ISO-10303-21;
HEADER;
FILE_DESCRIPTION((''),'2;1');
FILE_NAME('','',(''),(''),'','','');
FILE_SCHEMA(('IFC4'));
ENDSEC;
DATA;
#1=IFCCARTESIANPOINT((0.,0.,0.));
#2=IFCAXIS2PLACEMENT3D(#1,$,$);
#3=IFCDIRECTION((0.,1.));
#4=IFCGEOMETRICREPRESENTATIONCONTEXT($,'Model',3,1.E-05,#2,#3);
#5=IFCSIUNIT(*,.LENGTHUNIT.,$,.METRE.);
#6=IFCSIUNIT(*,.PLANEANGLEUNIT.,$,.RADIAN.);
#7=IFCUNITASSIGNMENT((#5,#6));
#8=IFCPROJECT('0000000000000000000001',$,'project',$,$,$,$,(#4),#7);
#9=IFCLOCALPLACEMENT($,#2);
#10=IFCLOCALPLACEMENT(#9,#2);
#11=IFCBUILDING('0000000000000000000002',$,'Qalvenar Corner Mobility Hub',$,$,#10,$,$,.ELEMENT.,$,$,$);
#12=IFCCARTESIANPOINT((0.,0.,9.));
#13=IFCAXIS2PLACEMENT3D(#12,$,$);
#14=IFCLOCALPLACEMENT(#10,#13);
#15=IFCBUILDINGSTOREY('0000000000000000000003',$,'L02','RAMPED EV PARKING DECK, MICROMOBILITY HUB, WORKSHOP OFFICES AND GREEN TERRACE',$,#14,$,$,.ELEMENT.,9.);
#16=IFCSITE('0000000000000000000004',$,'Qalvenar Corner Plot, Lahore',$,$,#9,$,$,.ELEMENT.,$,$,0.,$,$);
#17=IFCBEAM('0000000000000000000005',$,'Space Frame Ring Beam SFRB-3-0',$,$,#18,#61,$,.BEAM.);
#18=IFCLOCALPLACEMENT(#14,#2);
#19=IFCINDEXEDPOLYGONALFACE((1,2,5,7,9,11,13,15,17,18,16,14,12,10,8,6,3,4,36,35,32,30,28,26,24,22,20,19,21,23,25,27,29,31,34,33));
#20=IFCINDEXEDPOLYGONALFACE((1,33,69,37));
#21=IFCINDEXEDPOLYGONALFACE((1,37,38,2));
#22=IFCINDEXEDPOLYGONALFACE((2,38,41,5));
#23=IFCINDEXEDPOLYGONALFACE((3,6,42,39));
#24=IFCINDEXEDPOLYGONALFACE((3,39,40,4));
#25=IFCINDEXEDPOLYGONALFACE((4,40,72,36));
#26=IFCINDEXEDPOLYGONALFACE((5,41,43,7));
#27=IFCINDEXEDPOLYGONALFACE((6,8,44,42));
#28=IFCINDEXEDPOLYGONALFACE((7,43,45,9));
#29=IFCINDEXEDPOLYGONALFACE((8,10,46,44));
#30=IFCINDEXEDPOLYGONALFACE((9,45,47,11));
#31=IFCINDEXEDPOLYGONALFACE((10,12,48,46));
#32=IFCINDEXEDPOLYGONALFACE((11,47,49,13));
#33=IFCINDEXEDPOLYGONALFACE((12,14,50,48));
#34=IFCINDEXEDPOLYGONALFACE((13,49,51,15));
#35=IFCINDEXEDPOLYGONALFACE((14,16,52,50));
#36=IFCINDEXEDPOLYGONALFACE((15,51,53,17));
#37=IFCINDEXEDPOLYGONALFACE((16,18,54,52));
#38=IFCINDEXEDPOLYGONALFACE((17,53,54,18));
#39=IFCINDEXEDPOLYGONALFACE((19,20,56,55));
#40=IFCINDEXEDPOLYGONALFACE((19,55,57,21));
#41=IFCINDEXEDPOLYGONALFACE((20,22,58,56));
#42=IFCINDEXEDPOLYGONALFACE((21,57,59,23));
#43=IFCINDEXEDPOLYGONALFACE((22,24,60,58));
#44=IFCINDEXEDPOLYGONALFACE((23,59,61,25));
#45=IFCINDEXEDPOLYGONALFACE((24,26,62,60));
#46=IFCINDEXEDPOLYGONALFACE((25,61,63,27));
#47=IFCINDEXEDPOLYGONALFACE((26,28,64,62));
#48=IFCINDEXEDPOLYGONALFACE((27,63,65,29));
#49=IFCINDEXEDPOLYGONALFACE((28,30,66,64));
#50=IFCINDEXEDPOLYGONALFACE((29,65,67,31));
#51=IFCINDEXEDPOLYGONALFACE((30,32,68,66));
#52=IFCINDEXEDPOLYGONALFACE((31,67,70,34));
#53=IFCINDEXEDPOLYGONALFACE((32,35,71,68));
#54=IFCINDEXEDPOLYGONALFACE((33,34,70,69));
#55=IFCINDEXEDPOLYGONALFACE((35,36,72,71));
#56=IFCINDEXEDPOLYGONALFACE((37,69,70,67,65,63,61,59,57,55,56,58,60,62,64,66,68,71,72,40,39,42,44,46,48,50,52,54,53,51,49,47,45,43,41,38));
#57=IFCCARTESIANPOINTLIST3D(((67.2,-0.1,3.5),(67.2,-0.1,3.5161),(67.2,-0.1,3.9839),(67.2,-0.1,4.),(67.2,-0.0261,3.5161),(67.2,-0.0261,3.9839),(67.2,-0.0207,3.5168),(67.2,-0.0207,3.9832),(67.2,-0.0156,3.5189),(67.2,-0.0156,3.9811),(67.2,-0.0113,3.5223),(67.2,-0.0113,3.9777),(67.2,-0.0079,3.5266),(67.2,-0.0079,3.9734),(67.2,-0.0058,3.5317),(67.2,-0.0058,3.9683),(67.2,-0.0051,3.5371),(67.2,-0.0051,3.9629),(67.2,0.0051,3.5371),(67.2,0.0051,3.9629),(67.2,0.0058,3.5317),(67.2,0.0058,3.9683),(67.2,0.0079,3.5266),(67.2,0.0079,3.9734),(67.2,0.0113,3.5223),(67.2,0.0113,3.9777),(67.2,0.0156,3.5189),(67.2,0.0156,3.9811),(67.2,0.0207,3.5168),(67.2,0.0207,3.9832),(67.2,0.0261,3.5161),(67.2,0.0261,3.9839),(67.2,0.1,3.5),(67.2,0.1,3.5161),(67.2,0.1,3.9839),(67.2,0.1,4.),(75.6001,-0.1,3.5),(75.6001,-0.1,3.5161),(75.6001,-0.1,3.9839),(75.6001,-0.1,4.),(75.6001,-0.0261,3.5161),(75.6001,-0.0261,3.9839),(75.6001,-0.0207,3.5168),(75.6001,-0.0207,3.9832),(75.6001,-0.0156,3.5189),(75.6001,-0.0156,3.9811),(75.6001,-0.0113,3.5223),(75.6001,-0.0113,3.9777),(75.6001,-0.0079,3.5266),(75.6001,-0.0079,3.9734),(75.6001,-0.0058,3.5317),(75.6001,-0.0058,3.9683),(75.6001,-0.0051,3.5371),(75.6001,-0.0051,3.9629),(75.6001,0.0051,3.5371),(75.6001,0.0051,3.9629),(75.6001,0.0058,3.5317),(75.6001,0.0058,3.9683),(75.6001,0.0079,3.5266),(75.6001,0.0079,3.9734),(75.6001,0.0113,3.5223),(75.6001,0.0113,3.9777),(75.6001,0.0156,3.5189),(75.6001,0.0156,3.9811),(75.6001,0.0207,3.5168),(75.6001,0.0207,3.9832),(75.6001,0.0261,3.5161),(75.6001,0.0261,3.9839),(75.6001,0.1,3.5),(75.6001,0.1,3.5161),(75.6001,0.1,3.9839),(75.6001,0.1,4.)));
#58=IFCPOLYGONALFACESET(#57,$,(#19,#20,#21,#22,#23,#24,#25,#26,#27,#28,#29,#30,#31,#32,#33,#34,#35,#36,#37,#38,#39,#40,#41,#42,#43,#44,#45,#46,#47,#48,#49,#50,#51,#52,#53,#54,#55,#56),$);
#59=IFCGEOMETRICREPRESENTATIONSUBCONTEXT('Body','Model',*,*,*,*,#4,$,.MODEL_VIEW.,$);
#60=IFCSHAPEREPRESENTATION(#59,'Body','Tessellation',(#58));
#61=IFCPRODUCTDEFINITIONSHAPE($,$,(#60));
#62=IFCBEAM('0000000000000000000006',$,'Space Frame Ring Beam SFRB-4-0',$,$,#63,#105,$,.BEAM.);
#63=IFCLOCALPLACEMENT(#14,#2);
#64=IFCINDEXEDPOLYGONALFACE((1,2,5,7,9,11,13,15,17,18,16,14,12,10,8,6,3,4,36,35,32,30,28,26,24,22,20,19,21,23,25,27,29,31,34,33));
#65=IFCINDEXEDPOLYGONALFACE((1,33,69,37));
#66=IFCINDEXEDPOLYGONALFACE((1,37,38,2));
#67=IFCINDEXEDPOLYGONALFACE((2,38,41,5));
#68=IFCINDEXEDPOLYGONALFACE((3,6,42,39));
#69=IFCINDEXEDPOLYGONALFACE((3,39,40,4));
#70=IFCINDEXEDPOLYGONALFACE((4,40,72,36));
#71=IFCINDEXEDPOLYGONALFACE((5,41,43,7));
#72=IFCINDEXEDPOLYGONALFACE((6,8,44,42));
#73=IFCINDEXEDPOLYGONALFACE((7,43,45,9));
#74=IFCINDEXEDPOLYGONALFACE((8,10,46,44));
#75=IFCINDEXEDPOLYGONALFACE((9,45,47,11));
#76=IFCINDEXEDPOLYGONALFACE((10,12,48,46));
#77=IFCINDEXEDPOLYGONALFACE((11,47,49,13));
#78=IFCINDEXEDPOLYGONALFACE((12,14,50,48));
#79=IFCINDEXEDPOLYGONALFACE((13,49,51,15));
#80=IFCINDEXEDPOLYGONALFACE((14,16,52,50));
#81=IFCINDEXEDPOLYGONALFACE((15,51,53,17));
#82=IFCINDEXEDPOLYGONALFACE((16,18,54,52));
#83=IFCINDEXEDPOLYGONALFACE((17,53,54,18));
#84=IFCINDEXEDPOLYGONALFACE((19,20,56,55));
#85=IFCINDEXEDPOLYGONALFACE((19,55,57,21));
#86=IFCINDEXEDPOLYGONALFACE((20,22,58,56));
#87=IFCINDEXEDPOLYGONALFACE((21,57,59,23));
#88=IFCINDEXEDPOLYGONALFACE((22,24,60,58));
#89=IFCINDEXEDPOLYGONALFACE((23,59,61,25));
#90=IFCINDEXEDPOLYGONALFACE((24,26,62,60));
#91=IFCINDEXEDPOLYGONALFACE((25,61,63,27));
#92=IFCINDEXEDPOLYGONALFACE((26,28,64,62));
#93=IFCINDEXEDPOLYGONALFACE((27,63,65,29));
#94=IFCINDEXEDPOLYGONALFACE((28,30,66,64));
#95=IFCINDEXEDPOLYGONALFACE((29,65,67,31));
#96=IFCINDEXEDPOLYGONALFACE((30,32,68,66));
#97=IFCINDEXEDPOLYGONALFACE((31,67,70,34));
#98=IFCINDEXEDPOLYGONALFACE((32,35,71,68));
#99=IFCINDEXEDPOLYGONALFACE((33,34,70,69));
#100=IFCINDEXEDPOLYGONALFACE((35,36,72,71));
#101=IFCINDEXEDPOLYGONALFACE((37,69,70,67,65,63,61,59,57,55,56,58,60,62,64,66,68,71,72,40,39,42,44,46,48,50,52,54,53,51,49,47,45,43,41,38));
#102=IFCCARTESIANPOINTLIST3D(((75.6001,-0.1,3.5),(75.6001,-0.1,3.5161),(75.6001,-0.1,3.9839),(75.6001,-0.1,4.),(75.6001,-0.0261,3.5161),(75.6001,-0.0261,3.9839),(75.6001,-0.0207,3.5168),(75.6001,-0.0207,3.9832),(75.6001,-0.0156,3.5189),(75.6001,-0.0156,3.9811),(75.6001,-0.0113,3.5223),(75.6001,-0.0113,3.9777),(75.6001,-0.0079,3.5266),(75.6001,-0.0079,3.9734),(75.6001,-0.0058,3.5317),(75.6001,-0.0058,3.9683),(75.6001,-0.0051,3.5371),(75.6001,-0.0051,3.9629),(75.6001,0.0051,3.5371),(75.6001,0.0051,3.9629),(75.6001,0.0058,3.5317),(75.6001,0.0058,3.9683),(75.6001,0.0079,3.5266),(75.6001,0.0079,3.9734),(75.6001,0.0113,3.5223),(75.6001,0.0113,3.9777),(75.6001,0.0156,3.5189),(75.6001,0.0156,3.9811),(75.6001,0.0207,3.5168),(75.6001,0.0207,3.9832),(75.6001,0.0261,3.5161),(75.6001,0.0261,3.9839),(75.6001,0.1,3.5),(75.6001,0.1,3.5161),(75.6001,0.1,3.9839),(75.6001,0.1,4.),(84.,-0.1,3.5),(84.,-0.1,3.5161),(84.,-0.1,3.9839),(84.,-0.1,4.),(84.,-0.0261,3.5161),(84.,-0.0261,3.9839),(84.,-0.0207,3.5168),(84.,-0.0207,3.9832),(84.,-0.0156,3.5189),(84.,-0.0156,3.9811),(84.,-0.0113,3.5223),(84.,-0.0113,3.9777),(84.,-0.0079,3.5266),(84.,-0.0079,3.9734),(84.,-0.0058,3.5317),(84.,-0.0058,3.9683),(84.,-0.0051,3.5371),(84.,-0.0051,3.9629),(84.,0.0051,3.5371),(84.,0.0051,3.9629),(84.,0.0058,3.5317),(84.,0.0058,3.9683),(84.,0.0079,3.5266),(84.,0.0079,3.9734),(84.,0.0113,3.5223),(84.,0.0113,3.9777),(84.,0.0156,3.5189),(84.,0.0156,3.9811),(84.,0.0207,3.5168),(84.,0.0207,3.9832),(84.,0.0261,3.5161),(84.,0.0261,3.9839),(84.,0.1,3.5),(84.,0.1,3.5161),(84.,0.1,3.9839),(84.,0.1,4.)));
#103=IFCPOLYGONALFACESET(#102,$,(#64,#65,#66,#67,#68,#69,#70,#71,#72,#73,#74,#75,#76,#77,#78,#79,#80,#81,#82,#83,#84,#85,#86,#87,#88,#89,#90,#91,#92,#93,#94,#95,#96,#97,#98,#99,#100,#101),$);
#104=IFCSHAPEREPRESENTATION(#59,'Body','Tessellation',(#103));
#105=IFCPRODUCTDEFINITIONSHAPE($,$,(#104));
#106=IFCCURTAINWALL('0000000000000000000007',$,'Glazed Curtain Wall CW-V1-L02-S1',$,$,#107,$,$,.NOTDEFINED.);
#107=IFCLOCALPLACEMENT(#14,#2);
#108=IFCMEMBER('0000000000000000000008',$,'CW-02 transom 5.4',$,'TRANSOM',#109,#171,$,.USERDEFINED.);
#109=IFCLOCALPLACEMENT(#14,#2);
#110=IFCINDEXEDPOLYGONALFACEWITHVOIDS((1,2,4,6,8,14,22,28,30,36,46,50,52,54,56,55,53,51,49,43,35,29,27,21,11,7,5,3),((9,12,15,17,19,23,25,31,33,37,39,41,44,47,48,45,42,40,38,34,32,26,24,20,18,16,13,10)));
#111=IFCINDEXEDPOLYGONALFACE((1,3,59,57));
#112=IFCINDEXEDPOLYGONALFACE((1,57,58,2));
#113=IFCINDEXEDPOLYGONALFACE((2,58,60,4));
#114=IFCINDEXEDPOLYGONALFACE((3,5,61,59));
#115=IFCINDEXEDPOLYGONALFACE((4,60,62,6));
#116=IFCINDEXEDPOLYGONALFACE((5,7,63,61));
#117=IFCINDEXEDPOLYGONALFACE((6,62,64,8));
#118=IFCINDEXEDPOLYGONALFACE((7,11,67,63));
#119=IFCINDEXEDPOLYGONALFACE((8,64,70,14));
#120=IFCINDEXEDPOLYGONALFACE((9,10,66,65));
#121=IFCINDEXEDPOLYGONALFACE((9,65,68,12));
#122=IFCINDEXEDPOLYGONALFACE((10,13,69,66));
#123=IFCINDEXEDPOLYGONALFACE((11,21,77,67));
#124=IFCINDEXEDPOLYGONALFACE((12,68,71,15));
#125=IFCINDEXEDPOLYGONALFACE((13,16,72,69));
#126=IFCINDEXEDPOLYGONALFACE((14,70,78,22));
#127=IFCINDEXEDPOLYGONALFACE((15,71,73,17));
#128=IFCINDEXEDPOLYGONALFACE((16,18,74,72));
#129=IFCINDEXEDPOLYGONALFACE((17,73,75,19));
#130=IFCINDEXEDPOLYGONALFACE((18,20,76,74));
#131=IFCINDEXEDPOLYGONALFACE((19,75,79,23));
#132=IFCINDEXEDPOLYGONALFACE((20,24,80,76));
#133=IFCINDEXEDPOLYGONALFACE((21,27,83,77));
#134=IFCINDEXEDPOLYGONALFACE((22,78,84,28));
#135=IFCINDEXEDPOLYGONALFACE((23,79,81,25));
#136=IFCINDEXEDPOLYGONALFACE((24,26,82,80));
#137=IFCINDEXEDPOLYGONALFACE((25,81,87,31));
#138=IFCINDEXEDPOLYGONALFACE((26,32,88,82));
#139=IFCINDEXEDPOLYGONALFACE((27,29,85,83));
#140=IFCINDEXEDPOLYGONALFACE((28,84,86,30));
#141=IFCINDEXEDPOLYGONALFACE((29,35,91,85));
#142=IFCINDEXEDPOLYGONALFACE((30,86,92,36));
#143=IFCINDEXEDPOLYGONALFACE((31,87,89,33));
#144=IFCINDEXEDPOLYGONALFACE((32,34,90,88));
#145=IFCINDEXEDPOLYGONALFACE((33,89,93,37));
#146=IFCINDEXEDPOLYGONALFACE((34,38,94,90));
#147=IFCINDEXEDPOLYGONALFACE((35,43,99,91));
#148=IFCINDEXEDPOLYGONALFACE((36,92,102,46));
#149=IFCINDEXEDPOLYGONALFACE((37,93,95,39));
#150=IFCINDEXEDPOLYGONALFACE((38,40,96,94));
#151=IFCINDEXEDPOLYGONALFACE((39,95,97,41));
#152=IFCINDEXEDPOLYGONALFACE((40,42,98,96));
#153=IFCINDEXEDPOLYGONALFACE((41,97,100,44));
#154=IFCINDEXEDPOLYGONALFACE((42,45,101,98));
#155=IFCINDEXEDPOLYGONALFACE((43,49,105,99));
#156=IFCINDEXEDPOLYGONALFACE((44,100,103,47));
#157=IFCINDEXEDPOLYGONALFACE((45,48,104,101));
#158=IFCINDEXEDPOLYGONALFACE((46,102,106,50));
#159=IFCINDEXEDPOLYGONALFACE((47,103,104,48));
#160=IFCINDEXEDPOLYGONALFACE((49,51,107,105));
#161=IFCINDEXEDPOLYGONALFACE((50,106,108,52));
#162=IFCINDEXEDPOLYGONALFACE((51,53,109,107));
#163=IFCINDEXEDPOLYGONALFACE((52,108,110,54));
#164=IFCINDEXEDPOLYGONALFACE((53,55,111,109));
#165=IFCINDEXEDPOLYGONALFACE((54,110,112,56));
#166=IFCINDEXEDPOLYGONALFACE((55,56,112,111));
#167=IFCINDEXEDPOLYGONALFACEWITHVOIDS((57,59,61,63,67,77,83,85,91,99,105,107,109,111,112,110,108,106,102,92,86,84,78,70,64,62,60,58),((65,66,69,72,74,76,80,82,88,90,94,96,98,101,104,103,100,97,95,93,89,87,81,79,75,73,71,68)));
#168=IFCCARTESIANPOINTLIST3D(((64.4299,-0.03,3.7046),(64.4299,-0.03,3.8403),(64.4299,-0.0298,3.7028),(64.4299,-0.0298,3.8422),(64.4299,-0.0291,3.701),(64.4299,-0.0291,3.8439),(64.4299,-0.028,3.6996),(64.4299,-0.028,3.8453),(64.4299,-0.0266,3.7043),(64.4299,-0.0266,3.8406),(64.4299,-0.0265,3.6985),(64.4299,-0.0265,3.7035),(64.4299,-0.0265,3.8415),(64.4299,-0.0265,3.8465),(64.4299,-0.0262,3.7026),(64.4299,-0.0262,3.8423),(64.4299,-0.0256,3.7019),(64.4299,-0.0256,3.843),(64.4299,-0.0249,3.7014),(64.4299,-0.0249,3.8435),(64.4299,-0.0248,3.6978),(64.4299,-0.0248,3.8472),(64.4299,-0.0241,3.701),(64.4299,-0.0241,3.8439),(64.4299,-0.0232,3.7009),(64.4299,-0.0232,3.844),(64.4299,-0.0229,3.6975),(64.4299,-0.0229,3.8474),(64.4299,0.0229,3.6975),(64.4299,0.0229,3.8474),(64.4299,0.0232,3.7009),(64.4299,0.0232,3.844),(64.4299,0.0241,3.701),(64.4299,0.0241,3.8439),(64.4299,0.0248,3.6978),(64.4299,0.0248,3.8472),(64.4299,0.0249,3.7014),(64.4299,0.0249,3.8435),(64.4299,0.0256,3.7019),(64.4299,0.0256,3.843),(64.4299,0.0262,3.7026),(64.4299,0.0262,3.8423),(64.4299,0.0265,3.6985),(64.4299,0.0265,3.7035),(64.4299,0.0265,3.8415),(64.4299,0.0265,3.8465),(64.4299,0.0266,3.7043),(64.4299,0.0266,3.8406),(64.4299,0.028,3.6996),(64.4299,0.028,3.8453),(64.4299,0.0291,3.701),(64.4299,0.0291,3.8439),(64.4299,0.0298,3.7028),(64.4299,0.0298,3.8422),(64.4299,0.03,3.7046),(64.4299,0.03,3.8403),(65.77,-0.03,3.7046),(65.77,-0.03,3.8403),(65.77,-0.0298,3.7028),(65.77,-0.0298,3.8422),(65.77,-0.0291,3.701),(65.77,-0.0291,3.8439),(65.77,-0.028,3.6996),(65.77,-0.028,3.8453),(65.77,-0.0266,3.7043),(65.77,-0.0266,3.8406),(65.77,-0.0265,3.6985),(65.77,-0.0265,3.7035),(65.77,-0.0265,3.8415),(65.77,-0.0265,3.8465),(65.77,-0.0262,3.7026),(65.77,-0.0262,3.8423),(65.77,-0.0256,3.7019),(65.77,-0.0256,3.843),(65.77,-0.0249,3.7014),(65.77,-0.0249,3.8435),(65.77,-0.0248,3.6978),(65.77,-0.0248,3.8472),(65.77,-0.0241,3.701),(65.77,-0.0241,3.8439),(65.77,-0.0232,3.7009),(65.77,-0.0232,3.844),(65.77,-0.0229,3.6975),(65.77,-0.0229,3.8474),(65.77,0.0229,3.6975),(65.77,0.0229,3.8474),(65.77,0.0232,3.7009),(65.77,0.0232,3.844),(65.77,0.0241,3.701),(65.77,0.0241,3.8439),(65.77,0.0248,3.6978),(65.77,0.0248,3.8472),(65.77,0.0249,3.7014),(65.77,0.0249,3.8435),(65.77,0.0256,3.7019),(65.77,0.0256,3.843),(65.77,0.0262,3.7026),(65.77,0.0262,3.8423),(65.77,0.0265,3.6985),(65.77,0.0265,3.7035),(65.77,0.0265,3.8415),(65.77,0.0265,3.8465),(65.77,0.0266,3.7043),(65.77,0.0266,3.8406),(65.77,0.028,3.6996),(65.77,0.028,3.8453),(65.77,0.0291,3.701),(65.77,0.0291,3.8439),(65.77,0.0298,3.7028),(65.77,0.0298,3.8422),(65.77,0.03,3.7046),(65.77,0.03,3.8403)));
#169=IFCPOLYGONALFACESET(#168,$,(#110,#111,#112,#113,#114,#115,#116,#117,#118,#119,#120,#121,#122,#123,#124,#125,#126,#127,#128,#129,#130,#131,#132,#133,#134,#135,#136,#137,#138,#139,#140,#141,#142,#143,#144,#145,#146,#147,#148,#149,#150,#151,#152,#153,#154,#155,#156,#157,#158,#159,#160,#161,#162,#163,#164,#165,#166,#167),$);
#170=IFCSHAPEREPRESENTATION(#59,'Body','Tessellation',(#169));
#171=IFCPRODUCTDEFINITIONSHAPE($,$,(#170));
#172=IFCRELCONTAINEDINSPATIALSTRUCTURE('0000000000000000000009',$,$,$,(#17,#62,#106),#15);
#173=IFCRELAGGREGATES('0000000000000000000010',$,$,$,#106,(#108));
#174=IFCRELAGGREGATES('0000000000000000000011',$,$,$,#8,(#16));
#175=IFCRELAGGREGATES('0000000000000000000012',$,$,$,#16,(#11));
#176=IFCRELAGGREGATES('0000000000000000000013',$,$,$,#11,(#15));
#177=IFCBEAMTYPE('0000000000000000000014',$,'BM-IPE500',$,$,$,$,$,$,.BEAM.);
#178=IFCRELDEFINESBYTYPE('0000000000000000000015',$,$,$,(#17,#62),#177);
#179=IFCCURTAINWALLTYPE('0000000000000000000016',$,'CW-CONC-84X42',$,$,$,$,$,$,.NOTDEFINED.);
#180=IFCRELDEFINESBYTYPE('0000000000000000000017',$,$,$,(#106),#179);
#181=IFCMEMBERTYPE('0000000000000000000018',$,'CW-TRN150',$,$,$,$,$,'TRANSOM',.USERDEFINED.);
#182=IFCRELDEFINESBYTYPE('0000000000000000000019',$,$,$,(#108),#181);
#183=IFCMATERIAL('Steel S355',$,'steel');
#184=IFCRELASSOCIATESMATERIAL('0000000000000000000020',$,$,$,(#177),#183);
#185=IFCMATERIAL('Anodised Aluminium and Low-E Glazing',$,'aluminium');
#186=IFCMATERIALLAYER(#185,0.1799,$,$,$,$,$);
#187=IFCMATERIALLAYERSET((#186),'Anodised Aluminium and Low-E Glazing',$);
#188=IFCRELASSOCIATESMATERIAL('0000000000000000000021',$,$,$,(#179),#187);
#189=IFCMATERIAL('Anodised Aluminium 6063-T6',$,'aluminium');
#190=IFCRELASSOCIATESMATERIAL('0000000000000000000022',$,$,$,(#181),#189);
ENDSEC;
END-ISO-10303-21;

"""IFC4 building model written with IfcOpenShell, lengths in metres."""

from ifc_helpers import new_model, si_unit, direction, frame, origin, origin_2d, place, context, subcontext, project, spatial, hollow_rectangle, i_section, extrude, material, layer, layer_set, material_profile, profile_set, type_object, element, aggregate, save


model = new_model("IFC4")

# Units and contexts
model_context = context("Model", 3, precision=1e-05, world=origin(), true_north=direction((0.0, 1.0)))
body_context = subcontext(model_context, "Body", "Model", "MODEL_VIEW")
ifc_project = project(units=[si_unit("LENGTHUNIT", "METRE"), si_unit("PLANEANGLEUNIT", "RADIAN")], contexts=[model_context])

# Site, building, storey
site_placement = place(None, origin())
site = spatial("IfcSite", under=ifc_project, at=site_placement, Name="Qalvenar Corner Plot, Lahore", CompositionType="ELEMENT", RefElevation=0.0)
building_placement = place(site_placement, origin())
building = spatial("IfcBuilding", under=site, at=building_placement, Name="Qalvenar Corner Mobility Hub", CompositionType="ELEMENT")
storey_placement = place(building_placement, frame((0.0, 0.0, 9.0)))
storey = spatial("IfcBuildingStorey", under=building, at=storey_placement, Name="L02", Description="RAMPED EV PARKING DECK, MICROMOBILITY HUB, WORKSHOP OFFICES AND GREEN TERRACE", CompositionType="ELEMENT", Elevation=9.0)

# Beams
ifc_material_1 = material(Name="Steel S355", Category="steel")
ifc_material_profile_1 = material_profile(ifc_material_1, i_section(OverallWidth=0.2, OverallDepth=0.5, WebThickness=0.0103, FlangeThickness=0.0161, FilletRadius=0.021, at=origin_2d()), Name="IPE500")
ifc_profile_set_1 = profile_set([ifc_material_profile_1], Name="Steel S355")
beam_type = type_object("IfcBeamType", Name="BM-IPE500", PredefinedType="BEAM", material=ifc_profile_set_1)
beam_1_placement = place(storey_placement, frame((67.2, 0.0, 3.75), z_axis=(1.0, 0.0, 0.0), x_axis=(0.0, 1.0, 0.0)))
element("IfcBeam", 1, at=beam_1_placement, inside=storey, type_object=beam_type, Name="Space Frame Ring Beam SFRB-3-0", PredefinedType="BEAM", context=body_context, shape_type="SweptSolid", body=[
    extrude(i_section(OverallWidth=0.2, OverallDepth=0.5, WebThickness=0.0103, FlangeThickness=0.0161, FilletRadius=0.021, at=origin_2d()), origin(), (0.0, 0.0, 1.0), 8.4001),
])
beam_2_placement = place(storey_placement, frame((75.6001, 0.0, 3.75), z_axis=(1.0, 0.0, 0.0), x_axis=(0.0, 1.0, 0.0)))
element("IfcBeam", 2, at=beam_2_placement, inside=storey, type_object=beam_type, Name="Space Frame Ring Beam SFRB-4-0", PredefinedType="BEAM", context=body_context, shape_type="SweptSolid", body=[
    extrude(i_section(OverallWidth=0.2, OverallDepth=0.5, WebThickness=0.0103, FlangeThickness=0.0161, FilletRadius=0.021, at=origin_2d()), origin(), (0.0, 0.0, 1.0), 8.3999),
])

# Curtain wall, member
ifc_material_2 = material(Name="Anodised Aluminium and Low-E Glazing", Category="aluminium")
ifc_layer_1 = layer(ifc_material_2, 0.1799)
ifc_layer_set_1 = layer_set([ifc_layer_1], Name="Anodised Aluminium and Low-E Glazing")
curtain_wall_type = type_object("IfcCurtainWallType", Name="CW-CONC-84X42", PredefinedType="NOTDEFINED", material=ifc_layer_set_1)
curtain_wall_1_placement = place(storey_placement, origin())
curtain_wall_1 = element("IfcCurtainWall", 3, at=curtain_wall_1_placement, inside=storey, type_object=curtain_wall_type, Name="Glazed Curtain Wall CW-V1-L02-S1", PredefinedType="NOTDEFINED")
ifc_material_3 = material(Name="Anodised Aluminium 6063-T6", Category="aluminium")
ifc_material_profile_2 = material_profile(ifc_material_3, hollow_rectangle(XDim=0.0601, YDim=0.1499, WallThickness=0.0034, InnerFilletRadius=0.0034, OuterFilletRadius=0.0071, at=origin_2d()), Name="RHS150x60x3.5")
ifc_profile_set_2 = profile_set([ifc_material_profile_2], Name="Anodised Aluminium 6063-T6")
member_type_1 = type_object("IfcMemberType", Name="CW-TRN150", ElementType="TRANSOM", PredefinedType="USERDEFINED", material=ifc_profile_set_2)
member_1_placement = place(storey_placement, frame((64.4299, 0.0, 3.7725), z_axis=(1.0, 0.0, 0.0), x_axis=(0.0, 1.0, 0.0)))
member_1 = element("IfcMember", 4, at=member_1_placement, type_object=member_type_1, Name="CW-02 transom 5.4", ObjectType="TRANSOM", PredefinedType="USERDEFINED", context=body_context, shape_type="SweptSolid", body=[
    extrude(hollow_rectangle(XDim=0.0601, YDim=0.1499, WallThickness=0.0034, InnerFilletRadius=0.0034, OuterFilletRadius=0.0071, at=origin_2d()), origin(), (0.0, 0.0, 1.0), 1.3401),
])
aggregate(curtain_wall_1, [member_1])

save(model, "model.ifc")
